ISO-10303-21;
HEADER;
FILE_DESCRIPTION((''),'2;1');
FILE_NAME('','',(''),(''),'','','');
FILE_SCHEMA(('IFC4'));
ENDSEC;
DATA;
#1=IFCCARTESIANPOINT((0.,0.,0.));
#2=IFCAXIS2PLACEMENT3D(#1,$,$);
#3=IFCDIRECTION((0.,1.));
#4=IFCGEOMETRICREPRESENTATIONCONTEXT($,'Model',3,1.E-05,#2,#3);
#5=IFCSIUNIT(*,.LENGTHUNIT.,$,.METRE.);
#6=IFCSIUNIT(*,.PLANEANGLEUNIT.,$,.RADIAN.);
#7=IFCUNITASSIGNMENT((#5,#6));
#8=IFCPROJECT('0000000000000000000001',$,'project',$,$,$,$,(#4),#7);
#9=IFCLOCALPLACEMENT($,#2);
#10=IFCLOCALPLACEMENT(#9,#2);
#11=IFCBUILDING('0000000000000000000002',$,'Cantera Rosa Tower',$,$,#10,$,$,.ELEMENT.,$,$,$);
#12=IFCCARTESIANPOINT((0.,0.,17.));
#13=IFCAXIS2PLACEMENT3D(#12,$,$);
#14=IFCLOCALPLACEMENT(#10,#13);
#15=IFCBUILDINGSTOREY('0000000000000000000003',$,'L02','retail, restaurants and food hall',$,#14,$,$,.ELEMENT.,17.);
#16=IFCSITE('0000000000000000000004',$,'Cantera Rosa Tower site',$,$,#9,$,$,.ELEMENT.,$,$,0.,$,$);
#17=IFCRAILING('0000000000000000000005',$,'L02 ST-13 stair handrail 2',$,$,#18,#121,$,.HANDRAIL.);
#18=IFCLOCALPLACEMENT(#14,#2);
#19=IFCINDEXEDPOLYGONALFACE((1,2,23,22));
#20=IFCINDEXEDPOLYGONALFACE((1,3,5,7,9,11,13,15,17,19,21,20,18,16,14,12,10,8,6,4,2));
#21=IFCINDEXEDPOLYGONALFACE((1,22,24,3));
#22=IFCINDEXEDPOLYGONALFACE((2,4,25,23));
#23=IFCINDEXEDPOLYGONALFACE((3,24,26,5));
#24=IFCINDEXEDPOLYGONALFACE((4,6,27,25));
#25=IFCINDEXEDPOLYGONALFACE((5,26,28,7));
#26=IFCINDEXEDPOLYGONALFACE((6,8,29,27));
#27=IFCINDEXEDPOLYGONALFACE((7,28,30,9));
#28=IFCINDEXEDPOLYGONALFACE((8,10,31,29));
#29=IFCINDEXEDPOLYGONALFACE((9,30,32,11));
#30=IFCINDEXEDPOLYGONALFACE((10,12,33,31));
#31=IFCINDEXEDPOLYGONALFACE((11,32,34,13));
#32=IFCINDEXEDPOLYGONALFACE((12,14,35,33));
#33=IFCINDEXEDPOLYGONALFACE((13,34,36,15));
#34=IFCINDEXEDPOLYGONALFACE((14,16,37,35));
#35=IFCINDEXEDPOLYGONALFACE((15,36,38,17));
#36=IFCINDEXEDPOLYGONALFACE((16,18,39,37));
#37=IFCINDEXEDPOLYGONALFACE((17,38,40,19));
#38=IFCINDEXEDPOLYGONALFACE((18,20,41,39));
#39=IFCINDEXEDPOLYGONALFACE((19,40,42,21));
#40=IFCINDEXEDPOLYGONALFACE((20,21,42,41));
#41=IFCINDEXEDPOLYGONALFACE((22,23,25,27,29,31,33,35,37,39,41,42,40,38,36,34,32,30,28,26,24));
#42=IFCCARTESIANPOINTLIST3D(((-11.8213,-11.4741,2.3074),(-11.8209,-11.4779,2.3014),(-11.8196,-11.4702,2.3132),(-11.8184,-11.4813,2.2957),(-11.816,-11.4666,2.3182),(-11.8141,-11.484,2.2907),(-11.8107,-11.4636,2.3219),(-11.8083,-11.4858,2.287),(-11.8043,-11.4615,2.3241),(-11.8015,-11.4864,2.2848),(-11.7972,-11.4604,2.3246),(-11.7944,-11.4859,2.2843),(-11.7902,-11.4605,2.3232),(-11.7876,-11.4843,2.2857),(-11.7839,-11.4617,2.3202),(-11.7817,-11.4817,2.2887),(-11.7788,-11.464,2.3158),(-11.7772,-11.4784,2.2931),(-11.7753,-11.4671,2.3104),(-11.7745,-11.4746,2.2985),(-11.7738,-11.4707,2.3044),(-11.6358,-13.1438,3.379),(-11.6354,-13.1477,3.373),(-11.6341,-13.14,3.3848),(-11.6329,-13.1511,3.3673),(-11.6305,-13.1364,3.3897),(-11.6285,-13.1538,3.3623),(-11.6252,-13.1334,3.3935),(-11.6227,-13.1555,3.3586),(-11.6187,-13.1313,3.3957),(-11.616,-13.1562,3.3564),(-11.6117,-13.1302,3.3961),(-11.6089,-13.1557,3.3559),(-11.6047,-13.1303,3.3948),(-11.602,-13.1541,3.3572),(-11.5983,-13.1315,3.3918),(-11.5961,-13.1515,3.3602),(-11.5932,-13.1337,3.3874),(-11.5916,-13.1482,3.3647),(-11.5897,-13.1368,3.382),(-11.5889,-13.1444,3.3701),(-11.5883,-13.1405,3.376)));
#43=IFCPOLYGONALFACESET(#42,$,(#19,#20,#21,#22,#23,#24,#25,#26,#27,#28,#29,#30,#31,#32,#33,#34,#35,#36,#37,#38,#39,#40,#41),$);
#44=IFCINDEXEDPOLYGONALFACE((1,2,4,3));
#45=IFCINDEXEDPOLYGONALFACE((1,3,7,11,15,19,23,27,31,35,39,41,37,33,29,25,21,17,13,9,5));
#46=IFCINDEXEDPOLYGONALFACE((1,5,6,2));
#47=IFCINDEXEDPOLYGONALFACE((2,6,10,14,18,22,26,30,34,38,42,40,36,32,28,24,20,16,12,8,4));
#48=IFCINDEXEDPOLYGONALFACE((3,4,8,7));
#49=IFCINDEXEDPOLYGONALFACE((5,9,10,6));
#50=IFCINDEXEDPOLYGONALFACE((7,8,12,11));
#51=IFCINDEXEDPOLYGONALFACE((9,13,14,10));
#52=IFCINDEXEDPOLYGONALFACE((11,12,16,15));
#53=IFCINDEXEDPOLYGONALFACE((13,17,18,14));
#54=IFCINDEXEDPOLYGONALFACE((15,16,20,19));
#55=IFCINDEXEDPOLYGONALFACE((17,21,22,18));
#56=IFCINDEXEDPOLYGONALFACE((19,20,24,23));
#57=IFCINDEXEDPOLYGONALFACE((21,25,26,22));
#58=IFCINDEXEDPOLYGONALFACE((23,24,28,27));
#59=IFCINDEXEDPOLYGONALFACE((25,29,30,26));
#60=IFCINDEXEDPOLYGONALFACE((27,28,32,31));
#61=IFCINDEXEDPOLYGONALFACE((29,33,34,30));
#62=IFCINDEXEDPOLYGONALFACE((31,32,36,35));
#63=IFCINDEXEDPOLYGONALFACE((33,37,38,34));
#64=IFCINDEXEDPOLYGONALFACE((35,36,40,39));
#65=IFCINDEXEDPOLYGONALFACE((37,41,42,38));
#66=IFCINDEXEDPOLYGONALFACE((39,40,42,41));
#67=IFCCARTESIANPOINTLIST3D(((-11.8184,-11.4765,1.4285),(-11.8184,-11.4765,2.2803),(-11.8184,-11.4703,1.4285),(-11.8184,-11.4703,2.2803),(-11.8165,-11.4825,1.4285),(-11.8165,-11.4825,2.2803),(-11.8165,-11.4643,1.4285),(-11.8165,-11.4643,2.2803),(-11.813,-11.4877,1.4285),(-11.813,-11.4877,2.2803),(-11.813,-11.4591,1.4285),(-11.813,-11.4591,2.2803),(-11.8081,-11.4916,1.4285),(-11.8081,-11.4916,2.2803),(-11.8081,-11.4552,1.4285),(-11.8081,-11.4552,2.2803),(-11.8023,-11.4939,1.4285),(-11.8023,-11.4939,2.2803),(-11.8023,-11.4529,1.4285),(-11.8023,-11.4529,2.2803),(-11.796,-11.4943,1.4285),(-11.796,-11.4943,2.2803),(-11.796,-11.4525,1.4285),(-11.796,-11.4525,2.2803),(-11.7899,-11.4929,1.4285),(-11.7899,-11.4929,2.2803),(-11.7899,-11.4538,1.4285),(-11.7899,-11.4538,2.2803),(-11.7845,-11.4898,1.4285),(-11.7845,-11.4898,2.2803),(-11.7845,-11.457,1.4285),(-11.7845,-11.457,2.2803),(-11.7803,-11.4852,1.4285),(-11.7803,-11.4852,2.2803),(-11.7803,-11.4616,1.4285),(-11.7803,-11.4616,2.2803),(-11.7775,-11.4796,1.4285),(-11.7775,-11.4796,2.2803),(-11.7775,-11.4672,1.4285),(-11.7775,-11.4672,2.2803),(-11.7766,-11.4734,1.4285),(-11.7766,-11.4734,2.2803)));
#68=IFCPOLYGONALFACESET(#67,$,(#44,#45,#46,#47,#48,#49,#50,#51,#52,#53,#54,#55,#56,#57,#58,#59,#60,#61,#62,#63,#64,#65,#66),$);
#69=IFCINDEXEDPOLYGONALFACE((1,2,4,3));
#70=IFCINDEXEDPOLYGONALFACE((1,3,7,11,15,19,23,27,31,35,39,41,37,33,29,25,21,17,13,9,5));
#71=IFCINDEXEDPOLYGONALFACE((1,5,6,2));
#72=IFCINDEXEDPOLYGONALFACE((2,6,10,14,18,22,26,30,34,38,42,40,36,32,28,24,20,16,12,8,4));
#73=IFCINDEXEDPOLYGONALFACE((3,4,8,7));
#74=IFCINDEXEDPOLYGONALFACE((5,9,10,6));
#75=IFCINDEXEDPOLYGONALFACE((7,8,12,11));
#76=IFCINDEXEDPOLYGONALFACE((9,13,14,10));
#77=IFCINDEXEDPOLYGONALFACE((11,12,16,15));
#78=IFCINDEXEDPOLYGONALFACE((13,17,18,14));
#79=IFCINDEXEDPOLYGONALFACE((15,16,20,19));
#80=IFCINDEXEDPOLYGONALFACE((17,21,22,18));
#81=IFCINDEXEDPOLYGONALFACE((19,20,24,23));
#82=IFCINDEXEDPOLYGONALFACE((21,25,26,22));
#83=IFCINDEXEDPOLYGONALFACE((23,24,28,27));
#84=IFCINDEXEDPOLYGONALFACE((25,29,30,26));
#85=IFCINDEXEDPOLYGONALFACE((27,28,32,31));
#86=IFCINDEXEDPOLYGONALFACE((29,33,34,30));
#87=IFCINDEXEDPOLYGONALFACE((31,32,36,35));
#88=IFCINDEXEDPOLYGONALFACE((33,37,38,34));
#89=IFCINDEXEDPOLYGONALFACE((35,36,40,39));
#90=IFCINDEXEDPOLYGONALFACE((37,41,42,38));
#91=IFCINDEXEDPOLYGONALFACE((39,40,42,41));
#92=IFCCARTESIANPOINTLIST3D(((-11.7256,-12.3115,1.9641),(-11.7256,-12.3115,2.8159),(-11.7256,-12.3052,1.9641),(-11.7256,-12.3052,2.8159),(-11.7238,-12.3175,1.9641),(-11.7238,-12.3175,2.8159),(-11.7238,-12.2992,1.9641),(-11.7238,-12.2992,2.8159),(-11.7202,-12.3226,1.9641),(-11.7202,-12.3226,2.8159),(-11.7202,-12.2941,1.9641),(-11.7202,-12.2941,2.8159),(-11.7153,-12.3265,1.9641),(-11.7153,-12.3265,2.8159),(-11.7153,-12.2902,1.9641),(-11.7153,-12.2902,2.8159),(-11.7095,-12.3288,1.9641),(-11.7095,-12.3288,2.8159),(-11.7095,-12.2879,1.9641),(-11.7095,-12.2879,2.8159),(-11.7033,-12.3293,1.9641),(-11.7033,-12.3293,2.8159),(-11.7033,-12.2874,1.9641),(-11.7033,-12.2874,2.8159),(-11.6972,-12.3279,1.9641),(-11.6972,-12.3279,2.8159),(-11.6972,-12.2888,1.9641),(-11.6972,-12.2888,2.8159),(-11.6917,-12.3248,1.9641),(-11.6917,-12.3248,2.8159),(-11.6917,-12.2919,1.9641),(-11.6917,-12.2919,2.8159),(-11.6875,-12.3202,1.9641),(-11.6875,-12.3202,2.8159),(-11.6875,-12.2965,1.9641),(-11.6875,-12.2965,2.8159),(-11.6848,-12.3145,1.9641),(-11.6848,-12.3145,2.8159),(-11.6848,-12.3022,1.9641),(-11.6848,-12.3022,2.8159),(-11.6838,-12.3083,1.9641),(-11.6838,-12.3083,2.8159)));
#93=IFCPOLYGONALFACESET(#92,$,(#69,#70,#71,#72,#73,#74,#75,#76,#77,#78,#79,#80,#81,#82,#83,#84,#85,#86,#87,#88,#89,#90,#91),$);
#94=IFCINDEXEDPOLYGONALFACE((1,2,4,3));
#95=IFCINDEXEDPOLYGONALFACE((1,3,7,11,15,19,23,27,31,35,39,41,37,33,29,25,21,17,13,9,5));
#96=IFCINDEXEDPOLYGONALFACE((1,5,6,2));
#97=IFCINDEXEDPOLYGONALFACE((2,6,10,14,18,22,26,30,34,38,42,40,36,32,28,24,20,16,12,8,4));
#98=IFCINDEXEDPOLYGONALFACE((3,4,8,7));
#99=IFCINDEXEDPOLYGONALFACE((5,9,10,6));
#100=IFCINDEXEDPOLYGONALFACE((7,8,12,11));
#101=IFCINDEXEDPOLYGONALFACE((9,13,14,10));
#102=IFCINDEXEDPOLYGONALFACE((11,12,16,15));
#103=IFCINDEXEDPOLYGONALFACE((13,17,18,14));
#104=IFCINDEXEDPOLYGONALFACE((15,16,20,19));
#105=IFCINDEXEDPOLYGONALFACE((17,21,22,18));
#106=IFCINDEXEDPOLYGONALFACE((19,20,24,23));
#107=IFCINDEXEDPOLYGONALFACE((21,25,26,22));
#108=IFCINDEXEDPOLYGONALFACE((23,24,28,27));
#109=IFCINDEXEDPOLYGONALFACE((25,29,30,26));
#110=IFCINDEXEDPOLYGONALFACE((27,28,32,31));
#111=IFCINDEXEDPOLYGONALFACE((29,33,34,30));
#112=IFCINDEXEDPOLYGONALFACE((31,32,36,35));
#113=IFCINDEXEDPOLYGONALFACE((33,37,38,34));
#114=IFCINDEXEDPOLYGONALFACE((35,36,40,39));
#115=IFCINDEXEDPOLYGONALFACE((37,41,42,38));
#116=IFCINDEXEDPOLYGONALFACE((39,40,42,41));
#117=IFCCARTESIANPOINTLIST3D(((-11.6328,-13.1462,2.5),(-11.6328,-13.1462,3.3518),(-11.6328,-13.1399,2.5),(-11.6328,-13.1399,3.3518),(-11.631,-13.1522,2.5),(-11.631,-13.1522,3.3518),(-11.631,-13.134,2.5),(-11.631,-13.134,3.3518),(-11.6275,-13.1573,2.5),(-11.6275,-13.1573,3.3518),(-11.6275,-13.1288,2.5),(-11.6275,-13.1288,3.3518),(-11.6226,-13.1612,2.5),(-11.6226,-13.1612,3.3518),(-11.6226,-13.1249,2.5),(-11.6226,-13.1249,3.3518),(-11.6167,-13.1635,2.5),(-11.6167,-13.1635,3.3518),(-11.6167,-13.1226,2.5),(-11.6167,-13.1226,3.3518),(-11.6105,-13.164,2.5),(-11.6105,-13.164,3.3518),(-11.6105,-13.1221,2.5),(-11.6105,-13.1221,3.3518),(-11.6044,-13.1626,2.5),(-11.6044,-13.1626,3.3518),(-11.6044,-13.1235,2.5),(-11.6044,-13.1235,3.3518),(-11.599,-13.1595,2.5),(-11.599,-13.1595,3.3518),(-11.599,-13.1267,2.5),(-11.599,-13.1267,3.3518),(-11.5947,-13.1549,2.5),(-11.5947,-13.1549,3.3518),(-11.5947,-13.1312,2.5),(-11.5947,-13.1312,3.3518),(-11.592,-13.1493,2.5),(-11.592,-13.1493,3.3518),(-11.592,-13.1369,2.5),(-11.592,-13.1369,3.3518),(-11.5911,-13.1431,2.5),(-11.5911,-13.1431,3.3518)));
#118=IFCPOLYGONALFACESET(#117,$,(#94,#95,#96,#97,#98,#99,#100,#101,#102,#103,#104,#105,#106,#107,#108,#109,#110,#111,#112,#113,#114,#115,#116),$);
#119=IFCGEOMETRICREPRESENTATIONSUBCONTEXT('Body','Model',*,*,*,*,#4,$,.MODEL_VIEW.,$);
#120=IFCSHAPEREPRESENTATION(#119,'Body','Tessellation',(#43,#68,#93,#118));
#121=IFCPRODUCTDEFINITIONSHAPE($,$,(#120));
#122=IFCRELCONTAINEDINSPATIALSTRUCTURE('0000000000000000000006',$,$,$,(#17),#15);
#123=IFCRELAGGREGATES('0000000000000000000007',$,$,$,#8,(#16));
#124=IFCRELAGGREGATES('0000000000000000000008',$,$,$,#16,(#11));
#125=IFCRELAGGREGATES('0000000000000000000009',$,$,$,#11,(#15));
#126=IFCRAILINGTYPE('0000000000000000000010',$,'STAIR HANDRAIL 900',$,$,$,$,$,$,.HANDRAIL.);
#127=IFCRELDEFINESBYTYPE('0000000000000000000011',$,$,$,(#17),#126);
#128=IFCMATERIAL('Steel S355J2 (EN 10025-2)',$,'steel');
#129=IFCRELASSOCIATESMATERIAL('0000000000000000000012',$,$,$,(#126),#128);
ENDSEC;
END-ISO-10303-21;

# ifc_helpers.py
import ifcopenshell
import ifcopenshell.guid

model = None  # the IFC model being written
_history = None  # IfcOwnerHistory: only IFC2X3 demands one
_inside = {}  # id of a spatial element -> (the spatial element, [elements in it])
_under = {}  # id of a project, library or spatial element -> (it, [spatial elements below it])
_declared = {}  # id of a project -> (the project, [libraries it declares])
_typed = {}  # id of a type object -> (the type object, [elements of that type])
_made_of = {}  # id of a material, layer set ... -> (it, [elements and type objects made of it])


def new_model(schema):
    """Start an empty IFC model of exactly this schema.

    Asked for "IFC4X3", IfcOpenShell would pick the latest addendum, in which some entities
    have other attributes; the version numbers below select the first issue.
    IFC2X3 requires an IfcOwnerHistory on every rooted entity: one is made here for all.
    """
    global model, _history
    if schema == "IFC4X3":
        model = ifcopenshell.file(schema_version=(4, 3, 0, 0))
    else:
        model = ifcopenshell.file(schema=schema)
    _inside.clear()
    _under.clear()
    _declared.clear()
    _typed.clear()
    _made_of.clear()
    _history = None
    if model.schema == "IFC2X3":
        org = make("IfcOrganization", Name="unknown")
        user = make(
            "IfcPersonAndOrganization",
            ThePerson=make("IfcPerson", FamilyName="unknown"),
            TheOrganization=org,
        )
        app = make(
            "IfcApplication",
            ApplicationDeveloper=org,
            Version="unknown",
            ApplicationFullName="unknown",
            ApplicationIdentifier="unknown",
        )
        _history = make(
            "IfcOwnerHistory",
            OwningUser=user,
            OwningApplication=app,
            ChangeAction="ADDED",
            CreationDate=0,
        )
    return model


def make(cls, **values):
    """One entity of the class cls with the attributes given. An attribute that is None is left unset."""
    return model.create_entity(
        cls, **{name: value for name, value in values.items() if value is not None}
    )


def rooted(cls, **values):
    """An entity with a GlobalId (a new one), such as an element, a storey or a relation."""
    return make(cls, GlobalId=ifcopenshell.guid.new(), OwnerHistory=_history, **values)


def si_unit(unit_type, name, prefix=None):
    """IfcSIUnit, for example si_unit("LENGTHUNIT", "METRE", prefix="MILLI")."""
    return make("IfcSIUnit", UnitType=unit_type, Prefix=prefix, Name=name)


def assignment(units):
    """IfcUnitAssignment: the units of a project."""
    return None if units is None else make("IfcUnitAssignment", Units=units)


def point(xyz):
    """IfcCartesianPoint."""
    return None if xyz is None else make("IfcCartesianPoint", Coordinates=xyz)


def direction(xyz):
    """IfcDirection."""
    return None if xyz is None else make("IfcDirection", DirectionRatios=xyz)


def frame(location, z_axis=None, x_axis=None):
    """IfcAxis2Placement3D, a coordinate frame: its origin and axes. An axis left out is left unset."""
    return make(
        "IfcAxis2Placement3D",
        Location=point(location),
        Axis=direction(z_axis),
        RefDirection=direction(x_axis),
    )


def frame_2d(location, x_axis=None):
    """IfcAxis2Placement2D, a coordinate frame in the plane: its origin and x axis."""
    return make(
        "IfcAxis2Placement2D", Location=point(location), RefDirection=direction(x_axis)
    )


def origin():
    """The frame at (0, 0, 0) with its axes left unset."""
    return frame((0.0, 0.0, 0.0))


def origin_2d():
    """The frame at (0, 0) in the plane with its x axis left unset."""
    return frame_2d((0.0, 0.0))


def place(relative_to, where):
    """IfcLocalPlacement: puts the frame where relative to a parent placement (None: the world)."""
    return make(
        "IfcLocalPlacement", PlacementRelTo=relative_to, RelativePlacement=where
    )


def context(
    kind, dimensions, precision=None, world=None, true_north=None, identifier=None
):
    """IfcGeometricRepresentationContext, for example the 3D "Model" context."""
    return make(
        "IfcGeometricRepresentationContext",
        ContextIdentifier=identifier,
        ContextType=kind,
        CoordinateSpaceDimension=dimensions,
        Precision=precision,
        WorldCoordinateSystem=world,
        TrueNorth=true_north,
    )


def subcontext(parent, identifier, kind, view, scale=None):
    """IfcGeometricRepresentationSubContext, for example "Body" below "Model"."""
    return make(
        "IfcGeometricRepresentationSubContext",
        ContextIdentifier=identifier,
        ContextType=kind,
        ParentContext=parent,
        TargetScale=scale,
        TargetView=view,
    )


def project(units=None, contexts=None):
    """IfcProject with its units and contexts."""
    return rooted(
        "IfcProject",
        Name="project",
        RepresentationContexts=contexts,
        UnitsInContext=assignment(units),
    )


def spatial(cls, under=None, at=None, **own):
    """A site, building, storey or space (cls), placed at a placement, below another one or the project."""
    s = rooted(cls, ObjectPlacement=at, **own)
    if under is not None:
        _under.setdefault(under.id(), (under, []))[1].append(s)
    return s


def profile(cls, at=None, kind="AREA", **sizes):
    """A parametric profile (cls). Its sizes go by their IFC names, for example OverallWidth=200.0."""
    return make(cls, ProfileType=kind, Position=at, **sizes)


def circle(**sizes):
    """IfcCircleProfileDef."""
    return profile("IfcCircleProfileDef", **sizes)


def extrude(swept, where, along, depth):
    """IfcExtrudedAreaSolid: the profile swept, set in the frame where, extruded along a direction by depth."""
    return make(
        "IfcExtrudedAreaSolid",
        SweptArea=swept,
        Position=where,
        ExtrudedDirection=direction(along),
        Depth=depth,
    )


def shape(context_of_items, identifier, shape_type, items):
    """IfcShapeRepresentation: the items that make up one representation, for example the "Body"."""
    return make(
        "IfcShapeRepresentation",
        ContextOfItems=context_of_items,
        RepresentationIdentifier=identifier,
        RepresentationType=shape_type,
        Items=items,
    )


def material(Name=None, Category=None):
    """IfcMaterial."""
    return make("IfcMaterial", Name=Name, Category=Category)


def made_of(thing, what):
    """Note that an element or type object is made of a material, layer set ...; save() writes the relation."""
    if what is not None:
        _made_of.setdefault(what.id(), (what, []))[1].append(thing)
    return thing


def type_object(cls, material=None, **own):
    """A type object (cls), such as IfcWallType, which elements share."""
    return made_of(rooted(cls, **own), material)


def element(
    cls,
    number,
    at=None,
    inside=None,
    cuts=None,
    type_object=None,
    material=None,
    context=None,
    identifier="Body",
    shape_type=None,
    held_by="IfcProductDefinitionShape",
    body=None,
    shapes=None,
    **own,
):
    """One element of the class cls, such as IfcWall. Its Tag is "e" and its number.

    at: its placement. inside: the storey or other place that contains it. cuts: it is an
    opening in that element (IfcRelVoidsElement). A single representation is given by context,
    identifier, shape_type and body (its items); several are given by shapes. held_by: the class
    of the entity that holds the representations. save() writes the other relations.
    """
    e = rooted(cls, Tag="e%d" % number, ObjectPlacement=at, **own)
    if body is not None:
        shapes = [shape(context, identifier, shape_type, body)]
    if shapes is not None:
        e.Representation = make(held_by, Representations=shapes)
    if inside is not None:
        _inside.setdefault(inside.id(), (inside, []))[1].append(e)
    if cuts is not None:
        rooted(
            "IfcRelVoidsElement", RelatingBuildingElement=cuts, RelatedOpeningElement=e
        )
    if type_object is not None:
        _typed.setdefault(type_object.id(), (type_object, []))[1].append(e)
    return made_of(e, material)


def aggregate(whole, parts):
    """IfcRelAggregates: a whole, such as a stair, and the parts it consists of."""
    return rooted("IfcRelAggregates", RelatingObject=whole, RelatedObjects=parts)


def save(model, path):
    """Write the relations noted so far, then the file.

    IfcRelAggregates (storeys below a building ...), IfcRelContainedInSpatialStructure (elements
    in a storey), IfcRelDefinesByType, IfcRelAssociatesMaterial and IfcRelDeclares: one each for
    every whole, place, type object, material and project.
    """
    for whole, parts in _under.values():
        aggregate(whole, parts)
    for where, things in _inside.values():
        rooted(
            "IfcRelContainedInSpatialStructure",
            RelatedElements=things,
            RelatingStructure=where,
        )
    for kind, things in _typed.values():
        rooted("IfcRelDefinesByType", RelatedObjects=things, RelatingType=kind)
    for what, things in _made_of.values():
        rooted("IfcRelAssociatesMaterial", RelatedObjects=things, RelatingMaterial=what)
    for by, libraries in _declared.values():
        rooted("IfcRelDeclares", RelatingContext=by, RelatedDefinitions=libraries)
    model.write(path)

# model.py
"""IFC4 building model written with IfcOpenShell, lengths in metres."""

from ifc_helpers import new_model, si_unit, direction, frame, origin, origin_2d, place, context, subcontext, project, spatial, circle, extrude, material, type_object, element, save


model = new_model("IFC4")

# Units and contexts
model_context = context("Model", 3, precision=1e-05, world=origin(), true_north=direction((0.0, 1.0)))
body_context = subcontext(model_context, "Body", "Model", "MODEL_VIEW")
ifc_project = project(units=[si_unit("LENGTHUNIT", "METRE"), si_unit("PLANEANGLEUNIT", "RADIAN")], contexts=[model_context])

# Site, building, storey
site_placement = place(None, origin())
site = spatial("IfcSite", under=ifc_project, at=site_placement, Name="Cantera Rosa Tower site", CompositionType="ELEMENT", RefElevation=0.0)
building_placement = place(site_placement, origin())
building = spatial("IfcBuilding", under=site, at=building_placement, Name="Cantera Rosa Tower", CompositionType="ELEMENT")
storey_placement = place(building_placement, frame((0.0, 0.0, 17.0)))
storey = spatial("IfcBuildingStorey", under=building, at=storey_placement, Name="L02", Description="retail, restaurants and food hall", CompositionType="ELEMENT", Elevation=17.0)

# Railing
ifc_material_1 = material(Name="Steel S355J2 (EN 10025-2)", Category="steel")
railing_type_1 = type_object("IfcRailingType", Name="STAIR HANDRAIL 900", PredefinedType="HANDRAIL", material=ifc_material_1)
railing_1_placement = place(storey_placement, frame((-11.7976, -11.4734, 1.4285)))
element("IfcRailing", 1, at=railing_1_placement, inside=storey, type_object=railing_type_1, Name="L02 ST-13 stair handrail 2", PredefinedType="HANDRAIL", context=body_context, shape_type="SweptSolid", body=[
    extrude(circle(Radius=0.0239, at=origin_2d()), frame((0.0, 0.0, 0.876), z_axis=(0.093118, -0.837941, 0.537758), x_axis=(0.993882, 0.110447, 0.0)), (0.0, 0.0, 1.0), 1.9927),
    extrude(circle(Radius=0.021, at=origin_2d()), origin(), (0.0, 0.0, 1.0), 0.8518),
    extrude(circle(Radius=0.021, at=origin_2d()), frame((0.0928, -0.835, 0.5356)), (0.0, 0.0, 1.0), 0.8518),
    extrude(circle(Radius=0.021, at=origin_2d()), frame((0.1855, -1.6697, 1.0715)), (0.0, 0.0, 1.0), 0.8518),
])

save(model, "model.ifc")
